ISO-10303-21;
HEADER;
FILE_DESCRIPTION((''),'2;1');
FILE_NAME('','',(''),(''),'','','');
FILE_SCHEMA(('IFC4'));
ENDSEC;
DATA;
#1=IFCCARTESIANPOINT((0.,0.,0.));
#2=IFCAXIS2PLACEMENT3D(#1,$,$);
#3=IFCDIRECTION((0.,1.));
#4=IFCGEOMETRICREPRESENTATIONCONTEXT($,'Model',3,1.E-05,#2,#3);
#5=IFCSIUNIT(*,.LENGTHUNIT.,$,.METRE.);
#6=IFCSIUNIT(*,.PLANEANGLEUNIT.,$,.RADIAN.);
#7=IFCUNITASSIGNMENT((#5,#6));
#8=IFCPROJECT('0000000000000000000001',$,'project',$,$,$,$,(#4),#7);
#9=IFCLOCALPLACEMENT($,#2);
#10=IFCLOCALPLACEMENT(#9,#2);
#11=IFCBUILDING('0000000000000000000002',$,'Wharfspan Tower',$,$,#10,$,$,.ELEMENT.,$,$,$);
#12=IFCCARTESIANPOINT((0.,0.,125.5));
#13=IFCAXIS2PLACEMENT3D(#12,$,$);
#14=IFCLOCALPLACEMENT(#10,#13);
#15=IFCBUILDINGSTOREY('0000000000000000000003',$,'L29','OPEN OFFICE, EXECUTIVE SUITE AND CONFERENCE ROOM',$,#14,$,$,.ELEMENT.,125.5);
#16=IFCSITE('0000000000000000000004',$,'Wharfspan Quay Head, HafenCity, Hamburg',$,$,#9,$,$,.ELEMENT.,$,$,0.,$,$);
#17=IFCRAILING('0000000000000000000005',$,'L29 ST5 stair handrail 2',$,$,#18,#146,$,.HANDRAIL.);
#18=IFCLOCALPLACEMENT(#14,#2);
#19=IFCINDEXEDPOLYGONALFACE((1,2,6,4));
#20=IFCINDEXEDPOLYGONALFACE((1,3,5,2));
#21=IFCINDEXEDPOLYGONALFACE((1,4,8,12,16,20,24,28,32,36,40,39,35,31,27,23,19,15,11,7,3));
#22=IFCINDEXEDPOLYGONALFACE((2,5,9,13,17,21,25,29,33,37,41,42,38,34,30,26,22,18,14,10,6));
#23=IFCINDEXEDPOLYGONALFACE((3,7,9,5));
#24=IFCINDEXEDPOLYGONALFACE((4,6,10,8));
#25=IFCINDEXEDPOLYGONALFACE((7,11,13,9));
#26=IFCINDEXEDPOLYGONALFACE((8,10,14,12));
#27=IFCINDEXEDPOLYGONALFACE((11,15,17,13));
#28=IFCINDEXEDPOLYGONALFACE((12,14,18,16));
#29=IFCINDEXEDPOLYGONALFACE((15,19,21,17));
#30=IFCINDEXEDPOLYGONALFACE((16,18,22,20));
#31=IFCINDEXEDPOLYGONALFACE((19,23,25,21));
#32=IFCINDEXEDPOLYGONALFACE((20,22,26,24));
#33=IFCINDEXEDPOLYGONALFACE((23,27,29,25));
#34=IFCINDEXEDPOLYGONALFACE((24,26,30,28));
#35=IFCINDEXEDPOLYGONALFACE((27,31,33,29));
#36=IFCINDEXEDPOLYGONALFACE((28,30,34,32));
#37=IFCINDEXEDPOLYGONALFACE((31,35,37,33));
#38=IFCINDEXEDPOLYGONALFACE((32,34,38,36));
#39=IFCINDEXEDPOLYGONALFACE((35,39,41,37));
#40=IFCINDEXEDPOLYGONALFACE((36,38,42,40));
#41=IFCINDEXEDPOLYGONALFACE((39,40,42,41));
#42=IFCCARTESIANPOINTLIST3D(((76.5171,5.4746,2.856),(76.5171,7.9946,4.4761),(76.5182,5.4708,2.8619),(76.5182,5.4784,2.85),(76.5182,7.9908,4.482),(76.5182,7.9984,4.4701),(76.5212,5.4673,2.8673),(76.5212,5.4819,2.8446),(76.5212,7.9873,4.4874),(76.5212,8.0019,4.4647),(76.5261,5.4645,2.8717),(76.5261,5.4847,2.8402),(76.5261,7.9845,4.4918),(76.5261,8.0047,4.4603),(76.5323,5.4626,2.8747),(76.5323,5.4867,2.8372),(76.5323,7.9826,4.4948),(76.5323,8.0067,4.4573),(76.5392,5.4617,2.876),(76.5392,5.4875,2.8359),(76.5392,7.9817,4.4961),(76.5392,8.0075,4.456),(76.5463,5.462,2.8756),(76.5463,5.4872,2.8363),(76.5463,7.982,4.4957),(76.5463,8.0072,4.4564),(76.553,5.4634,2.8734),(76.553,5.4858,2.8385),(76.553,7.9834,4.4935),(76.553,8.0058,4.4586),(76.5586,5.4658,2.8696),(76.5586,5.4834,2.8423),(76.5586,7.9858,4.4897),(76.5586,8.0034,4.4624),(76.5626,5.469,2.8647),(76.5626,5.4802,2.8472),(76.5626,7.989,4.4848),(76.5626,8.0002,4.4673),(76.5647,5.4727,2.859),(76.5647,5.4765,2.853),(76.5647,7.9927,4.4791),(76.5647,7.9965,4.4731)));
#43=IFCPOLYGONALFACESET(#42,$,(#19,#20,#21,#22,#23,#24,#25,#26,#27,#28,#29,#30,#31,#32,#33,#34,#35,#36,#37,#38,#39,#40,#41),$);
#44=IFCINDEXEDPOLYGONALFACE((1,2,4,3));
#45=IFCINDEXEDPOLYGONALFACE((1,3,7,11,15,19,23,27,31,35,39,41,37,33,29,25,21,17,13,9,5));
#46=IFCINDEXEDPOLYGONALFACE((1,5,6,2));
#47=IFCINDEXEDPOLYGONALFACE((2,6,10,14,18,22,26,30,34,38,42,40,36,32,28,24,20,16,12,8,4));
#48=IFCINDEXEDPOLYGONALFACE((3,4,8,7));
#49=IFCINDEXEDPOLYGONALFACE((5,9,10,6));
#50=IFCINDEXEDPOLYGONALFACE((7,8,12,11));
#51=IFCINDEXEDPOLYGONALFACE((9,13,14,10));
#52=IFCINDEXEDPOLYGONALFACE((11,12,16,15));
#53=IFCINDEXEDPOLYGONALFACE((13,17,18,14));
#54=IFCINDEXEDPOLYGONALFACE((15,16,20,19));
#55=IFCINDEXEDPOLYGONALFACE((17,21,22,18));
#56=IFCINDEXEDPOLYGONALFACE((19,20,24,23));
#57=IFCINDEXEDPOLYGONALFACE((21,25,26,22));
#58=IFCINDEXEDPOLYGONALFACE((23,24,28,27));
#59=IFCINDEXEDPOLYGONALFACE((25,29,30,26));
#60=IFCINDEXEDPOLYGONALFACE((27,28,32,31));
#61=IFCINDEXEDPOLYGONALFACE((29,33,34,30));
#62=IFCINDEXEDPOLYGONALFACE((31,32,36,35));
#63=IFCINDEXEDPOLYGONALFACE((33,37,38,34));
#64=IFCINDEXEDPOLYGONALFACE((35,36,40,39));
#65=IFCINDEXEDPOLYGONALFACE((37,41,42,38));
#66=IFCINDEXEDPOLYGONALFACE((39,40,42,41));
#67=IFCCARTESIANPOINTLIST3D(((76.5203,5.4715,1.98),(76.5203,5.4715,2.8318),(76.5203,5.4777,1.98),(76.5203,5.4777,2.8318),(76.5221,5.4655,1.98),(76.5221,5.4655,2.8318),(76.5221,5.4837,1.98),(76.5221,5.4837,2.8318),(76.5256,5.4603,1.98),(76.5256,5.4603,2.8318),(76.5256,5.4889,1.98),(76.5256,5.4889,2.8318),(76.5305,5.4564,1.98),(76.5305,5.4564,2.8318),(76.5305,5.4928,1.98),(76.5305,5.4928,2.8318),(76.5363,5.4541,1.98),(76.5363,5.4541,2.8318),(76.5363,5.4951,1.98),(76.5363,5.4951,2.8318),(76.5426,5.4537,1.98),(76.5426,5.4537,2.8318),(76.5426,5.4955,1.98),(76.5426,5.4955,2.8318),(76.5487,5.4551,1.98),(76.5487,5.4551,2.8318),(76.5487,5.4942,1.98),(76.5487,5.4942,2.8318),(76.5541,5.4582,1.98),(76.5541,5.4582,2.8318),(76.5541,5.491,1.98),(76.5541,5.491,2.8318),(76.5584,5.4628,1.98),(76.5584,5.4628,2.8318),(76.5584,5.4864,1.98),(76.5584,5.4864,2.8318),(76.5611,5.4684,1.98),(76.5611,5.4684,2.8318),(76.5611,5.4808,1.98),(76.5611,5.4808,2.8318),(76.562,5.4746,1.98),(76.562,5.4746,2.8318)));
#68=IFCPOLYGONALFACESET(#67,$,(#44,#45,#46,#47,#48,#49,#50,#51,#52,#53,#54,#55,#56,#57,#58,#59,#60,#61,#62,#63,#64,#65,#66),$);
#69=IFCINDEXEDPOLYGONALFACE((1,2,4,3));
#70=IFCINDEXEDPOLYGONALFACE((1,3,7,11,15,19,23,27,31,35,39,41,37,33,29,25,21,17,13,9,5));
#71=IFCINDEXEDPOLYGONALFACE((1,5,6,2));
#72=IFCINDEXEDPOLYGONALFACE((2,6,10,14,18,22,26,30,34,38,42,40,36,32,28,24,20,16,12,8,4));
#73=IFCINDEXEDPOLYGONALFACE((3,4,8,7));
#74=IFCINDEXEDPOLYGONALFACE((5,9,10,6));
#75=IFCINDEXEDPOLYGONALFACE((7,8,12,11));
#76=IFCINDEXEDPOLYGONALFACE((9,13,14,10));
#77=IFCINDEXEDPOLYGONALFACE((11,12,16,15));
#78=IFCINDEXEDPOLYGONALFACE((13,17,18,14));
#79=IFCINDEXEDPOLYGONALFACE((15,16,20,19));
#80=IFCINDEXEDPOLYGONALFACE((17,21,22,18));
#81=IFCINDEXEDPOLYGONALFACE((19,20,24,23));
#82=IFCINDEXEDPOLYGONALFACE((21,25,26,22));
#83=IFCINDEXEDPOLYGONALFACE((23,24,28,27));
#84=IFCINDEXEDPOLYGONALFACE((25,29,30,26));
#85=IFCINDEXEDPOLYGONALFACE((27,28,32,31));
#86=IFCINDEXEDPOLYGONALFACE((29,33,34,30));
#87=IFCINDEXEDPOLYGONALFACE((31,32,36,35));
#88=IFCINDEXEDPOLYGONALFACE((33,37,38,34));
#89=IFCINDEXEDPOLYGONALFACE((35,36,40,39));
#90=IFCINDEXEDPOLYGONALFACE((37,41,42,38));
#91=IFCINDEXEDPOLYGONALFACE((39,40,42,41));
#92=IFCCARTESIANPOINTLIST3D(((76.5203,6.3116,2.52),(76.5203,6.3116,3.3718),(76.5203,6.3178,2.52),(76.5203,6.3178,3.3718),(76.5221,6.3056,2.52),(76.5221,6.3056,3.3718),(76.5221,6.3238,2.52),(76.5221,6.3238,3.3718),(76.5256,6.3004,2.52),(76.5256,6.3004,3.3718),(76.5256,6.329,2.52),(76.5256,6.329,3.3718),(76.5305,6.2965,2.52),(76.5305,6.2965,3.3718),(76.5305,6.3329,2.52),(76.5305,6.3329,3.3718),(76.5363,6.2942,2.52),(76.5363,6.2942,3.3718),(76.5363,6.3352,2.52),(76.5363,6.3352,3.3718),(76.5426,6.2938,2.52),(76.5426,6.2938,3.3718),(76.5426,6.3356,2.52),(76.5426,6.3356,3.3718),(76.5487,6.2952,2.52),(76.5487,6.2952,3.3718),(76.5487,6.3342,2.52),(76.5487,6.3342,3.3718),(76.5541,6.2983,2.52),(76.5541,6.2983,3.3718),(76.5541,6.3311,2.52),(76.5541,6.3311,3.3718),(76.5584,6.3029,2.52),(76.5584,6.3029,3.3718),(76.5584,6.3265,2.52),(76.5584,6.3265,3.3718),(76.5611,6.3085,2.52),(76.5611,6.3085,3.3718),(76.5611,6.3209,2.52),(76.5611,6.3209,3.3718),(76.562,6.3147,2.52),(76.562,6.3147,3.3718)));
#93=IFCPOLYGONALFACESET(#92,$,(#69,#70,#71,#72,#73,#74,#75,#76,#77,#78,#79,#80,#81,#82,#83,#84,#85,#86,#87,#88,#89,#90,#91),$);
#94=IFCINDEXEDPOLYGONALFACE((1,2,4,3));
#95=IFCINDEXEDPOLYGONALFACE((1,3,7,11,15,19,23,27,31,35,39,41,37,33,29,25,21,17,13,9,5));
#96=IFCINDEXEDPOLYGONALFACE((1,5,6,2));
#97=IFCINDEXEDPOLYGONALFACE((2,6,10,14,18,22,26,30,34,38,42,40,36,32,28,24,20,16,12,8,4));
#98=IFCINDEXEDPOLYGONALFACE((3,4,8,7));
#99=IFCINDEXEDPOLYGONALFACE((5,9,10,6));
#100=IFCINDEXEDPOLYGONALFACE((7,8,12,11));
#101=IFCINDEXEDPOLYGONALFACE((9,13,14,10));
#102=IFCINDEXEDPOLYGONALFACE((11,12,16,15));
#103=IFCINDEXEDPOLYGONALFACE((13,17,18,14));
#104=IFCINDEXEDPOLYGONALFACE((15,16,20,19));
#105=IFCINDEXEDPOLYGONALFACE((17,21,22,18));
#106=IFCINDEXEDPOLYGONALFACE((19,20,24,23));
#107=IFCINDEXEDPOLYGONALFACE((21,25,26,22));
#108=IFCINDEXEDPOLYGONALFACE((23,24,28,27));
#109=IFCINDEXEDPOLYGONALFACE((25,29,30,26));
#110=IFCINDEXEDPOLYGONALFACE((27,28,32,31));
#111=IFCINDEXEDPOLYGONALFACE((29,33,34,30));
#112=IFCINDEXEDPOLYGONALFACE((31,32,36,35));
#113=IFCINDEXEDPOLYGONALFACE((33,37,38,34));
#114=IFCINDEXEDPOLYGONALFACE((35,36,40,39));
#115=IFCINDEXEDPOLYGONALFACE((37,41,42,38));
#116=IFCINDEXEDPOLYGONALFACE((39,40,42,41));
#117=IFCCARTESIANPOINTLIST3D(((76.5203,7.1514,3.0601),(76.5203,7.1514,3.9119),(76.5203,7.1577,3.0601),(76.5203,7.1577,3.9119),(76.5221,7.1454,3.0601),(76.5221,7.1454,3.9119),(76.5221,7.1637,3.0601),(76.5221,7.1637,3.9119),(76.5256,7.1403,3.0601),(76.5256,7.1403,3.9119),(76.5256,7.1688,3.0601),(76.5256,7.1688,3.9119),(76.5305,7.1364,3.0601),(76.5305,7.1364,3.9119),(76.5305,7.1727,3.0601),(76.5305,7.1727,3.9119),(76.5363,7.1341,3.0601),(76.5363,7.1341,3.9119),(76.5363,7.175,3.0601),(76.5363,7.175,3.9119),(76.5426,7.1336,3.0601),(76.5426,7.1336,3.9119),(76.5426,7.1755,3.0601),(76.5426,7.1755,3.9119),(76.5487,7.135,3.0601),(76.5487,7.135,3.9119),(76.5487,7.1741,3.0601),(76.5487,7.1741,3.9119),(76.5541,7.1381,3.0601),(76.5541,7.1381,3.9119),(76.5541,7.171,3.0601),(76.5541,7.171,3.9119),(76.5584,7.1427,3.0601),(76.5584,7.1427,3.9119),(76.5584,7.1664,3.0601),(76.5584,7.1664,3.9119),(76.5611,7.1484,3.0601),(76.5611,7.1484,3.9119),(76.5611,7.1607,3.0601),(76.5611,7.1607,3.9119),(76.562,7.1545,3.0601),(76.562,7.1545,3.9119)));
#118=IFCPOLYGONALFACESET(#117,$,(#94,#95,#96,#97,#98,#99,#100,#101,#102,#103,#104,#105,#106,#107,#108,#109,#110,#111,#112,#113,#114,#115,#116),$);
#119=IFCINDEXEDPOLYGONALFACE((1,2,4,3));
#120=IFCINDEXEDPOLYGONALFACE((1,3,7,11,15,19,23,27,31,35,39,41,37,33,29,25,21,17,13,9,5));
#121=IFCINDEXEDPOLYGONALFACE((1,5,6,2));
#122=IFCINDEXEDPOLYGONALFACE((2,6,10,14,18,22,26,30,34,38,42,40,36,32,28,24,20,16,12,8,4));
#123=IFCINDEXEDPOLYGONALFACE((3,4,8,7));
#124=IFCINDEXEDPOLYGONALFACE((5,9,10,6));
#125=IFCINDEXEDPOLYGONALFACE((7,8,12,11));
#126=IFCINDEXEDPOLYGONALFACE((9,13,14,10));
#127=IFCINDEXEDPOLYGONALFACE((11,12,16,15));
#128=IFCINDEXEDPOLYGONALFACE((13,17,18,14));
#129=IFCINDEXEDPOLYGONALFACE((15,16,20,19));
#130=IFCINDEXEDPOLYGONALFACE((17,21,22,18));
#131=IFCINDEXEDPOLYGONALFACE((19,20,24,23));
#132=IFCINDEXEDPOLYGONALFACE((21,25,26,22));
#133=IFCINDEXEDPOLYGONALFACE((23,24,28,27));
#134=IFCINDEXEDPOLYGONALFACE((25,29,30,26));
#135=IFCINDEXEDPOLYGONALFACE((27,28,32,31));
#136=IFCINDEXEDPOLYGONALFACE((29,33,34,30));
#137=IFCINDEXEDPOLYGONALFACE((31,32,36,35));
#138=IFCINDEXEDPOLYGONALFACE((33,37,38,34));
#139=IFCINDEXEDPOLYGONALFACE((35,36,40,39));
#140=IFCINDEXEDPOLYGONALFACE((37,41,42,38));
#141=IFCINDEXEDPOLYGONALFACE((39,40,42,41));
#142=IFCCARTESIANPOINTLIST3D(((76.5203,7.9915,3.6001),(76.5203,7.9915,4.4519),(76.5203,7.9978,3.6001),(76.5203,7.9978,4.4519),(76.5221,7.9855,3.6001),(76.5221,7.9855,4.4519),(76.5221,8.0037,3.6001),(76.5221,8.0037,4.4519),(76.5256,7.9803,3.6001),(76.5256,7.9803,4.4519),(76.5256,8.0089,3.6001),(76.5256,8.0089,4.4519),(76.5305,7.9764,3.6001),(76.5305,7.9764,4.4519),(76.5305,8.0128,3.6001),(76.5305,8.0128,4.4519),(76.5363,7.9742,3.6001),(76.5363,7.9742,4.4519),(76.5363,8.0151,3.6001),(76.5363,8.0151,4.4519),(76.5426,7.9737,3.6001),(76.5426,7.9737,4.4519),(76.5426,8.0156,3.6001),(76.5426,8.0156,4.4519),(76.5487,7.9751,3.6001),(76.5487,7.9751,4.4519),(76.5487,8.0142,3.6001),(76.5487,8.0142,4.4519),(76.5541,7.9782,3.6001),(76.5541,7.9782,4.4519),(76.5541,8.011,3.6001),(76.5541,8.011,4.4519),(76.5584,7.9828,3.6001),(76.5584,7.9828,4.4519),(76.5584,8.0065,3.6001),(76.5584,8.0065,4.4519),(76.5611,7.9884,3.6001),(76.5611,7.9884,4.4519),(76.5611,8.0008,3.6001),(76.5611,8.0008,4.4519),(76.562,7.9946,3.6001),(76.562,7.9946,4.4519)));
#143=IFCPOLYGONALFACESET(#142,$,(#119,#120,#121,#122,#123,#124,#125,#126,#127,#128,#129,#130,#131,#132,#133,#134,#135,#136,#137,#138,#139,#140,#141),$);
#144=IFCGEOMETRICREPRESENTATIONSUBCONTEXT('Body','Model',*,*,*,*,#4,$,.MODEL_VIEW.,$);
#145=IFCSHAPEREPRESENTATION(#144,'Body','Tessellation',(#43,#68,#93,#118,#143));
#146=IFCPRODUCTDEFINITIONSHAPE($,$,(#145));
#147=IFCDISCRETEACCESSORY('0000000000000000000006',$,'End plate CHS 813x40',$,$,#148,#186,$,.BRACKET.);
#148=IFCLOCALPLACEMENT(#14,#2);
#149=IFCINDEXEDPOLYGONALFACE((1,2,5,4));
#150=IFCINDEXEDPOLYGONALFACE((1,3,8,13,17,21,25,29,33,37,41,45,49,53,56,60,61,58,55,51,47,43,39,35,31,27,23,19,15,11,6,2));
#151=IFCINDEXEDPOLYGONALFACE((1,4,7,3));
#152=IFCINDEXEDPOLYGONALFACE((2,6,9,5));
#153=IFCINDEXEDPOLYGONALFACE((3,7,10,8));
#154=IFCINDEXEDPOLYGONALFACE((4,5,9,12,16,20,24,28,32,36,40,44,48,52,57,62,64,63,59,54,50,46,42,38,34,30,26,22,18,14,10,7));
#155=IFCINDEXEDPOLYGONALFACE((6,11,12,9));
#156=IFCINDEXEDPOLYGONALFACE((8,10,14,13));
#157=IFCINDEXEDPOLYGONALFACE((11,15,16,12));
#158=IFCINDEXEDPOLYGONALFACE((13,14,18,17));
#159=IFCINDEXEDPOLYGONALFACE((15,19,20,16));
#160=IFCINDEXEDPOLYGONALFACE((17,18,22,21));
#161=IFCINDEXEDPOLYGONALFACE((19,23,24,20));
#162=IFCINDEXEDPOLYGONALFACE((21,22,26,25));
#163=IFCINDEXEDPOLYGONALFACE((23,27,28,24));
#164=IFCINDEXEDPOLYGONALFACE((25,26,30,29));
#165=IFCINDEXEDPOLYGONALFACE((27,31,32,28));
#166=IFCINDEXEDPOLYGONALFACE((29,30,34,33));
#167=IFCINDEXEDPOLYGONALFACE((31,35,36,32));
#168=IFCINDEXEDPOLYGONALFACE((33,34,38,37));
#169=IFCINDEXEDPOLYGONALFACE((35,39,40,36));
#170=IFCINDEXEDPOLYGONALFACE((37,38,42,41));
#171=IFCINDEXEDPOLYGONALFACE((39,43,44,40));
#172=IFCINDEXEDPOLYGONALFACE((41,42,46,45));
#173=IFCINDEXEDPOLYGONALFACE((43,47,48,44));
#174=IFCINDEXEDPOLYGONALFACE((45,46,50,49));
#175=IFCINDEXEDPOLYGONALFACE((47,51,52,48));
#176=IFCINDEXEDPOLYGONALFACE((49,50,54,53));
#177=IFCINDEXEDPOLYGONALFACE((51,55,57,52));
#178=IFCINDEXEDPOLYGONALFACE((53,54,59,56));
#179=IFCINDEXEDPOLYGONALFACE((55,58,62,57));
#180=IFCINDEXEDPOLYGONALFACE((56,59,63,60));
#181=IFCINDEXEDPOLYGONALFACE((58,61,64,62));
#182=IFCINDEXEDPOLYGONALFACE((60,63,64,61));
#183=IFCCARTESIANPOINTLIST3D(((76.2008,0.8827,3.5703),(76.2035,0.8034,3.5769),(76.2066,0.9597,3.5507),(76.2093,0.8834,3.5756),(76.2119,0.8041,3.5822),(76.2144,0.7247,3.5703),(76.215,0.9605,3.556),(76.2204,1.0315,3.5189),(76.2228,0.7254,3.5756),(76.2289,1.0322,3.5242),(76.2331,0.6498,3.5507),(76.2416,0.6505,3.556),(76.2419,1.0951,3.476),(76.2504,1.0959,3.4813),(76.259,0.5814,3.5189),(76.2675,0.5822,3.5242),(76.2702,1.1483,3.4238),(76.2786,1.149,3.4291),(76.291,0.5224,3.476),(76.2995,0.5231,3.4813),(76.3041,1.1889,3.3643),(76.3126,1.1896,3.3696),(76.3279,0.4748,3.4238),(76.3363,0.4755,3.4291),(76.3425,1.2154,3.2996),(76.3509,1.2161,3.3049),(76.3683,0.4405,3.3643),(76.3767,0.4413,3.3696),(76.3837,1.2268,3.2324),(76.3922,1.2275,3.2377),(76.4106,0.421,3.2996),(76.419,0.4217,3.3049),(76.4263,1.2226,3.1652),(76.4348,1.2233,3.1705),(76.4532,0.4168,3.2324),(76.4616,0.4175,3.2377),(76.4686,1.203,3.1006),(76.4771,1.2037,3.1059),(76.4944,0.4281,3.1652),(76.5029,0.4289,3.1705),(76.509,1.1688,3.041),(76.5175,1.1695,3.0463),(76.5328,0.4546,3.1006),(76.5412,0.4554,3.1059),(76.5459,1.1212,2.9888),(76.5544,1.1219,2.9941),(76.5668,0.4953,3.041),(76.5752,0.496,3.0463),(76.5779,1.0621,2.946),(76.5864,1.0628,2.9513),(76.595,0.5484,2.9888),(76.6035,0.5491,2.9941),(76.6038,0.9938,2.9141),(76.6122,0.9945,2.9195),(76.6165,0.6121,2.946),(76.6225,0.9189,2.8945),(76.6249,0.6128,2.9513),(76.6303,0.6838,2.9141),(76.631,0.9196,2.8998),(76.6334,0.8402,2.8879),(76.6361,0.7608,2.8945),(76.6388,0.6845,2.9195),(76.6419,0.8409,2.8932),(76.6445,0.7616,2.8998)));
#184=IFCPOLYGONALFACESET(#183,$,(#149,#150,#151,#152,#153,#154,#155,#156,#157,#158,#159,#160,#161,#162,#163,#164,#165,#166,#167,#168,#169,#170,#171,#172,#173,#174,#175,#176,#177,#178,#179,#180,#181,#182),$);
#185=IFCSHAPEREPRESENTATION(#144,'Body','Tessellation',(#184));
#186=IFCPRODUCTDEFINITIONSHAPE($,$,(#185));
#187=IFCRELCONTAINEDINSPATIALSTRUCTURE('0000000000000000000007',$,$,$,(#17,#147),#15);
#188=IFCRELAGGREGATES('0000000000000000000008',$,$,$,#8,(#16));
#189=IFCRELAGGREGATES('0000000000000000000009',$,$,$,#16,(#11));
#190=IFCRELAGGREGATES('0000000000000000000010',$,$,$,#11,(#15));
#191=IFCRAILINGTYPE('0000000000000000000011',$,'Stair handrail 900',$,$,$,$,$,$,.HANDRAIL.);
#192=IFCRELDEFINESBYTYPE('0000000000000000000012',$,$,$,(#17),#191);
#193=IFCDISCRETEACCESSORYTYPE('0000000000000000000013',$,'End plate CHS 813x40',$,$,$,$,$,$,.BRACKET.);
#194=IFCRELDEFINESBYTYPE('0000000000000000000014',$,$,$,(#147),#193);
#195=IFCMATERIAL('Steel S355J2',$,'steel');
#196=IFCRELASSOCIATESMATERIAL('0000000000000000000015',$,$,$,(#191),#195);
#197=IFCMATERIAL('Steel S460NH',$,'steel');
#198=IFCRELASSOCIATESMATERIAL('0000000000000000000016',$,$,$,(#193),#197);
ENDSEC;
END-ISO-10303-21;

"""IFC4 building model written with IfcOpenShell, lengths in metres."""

from ifc_helpers import new_model, si_unit, direction, frame, origin, origin_2d, place, context, subcontext, project, spatial, circle, extrude, material, material_profile, profile_set, type_object, element, save


model = new_model("IFC4")

# Units and contexts
model_context = context("Model", 3, precision=1e-05, world=origin(), true_north=direction((0.0, 1.0)))
body_context = subcontext(model_context, "Body", "Model", "MODEL_VIEW")
ifc_project = project(units=[si_unit("LENGTHUNIT", "METRE"), si_unit("PLANEANGLEUNIT", "RADIAN")], contexts=[model_context])

# Site, building, storey
site_placement = place(None, origin())
site = spatial("IfcSite", under=ifc_project, at=site_placement, Name="Wharfspan Quay Head, HafenCity, Hamburg", CompositionType="ELEMENT", RefElevation=0.0)
building_placement = place(site_placement, origin())
building = spatial("IfcBuilding", under=site, at=building_placement, Name="Wharfspan Tower", CompositionType="ELEMENT")
storey_placement = place(building_placement, frame((0.0, 0.0, 125.5)))
storey = spatial("IfcBuildingStorey", under=building, at=storey_placement, Name="L29", Description="OPEN OFFICE, EXECUTIVE SUITE AND CONFERENCE ROOM", CompositionType="ELEMENT", Elevation=125.5)

# Shared definitions
ifc_material_1 = material(Name="Steel S355J2", Category="steel")

# Shared definitions
ifc_material_2 = material(Name="Steel S460NH", Category="steel")

# Railing
railing_type_1 = type_object("IfcRailingType", Name="Stair handrail 900", PredefinedType="HANDRAIL", material=ifc_material_1)
railing_1_placement = place(storey_placement, frame((76.541, 5.4746, 1.98)))
element("IfcRailing", 1, at=railing_1_placement, inside=storey, type_object=railing_type_1, Name="L29 ST5 stair handrail 2", PredefinedType="HANDRAIL", context=body_context, shape_type="SweptSolid", body=[
    extrude(circle(Radius=0.0239, at=origin_2d()), frame((0.0, 0.0, 0.876), z_axis=(0.0, 0.841163, 0.540782), x_axis=(-1.0, 0.0, 0.0)), (0.0, 0.0, 1.0), 2.9958),
    extrude(circle(Radius=0.021, at=origin_2d()), origin(), (0.0, 0.0, 1.0), 0.8518),
    extrude(circle(Radius=0.021, at=origin_2d()), frame((0.0, 0.8401, 0.54)), (0.0, 0.0, 1.0), 0.8518),
    extrude(circle(Radius=0.021, at=origin_2d()), frame((0.0, 1.6799, 1.0801)), (0.0, 0.0, 1.0), 0.8518),
    extrude(circle(Radius=0.021, at=origin_2d()), frame((0.0, 2.52, 1.6201)), (0.0, 0.0, 1.0), 0.8518),
])

# Discrete accessory
ifc_material_profile_1 = material_profile(ifc_material_2, circle(Radius=0.4065, at=origin_2d()))
ifc_profile_set_1 = profile_set([ifc_material_profile_1], Name="Steel S460NH")
discrete_accessory_type = type_object("IfcDiscreteAccessoryType", Name="End plate CHS 813x40", PredefinedType="BRACKET", material=ifc_profile_set_1)
for number, where, z_axis, x_axis, name in (
    (2, (76.4185, 0.8218, 3.2324), (0.844416, 0.072379, 0.530776), (-0.085402, 0.99635, 0.0), "End plate CHS 813x40"),
):
    element("IfcDiscreteAccessory", number, at=place(storey_placement, frame(where, z_axis=z_axis, x_axis=x_axis)), inside=storey, type_object=discrete_accessory_type, Name=name, PredefinedType="BRACKET", context=body_context, shape_type="SweptSolid", body=[
        extrude(circle(Radius=0.4065, at=origin_2d()), origin(), (0.0, 0.0, 1.0), 0.01),
    ])

save(model, "model.ifc")
